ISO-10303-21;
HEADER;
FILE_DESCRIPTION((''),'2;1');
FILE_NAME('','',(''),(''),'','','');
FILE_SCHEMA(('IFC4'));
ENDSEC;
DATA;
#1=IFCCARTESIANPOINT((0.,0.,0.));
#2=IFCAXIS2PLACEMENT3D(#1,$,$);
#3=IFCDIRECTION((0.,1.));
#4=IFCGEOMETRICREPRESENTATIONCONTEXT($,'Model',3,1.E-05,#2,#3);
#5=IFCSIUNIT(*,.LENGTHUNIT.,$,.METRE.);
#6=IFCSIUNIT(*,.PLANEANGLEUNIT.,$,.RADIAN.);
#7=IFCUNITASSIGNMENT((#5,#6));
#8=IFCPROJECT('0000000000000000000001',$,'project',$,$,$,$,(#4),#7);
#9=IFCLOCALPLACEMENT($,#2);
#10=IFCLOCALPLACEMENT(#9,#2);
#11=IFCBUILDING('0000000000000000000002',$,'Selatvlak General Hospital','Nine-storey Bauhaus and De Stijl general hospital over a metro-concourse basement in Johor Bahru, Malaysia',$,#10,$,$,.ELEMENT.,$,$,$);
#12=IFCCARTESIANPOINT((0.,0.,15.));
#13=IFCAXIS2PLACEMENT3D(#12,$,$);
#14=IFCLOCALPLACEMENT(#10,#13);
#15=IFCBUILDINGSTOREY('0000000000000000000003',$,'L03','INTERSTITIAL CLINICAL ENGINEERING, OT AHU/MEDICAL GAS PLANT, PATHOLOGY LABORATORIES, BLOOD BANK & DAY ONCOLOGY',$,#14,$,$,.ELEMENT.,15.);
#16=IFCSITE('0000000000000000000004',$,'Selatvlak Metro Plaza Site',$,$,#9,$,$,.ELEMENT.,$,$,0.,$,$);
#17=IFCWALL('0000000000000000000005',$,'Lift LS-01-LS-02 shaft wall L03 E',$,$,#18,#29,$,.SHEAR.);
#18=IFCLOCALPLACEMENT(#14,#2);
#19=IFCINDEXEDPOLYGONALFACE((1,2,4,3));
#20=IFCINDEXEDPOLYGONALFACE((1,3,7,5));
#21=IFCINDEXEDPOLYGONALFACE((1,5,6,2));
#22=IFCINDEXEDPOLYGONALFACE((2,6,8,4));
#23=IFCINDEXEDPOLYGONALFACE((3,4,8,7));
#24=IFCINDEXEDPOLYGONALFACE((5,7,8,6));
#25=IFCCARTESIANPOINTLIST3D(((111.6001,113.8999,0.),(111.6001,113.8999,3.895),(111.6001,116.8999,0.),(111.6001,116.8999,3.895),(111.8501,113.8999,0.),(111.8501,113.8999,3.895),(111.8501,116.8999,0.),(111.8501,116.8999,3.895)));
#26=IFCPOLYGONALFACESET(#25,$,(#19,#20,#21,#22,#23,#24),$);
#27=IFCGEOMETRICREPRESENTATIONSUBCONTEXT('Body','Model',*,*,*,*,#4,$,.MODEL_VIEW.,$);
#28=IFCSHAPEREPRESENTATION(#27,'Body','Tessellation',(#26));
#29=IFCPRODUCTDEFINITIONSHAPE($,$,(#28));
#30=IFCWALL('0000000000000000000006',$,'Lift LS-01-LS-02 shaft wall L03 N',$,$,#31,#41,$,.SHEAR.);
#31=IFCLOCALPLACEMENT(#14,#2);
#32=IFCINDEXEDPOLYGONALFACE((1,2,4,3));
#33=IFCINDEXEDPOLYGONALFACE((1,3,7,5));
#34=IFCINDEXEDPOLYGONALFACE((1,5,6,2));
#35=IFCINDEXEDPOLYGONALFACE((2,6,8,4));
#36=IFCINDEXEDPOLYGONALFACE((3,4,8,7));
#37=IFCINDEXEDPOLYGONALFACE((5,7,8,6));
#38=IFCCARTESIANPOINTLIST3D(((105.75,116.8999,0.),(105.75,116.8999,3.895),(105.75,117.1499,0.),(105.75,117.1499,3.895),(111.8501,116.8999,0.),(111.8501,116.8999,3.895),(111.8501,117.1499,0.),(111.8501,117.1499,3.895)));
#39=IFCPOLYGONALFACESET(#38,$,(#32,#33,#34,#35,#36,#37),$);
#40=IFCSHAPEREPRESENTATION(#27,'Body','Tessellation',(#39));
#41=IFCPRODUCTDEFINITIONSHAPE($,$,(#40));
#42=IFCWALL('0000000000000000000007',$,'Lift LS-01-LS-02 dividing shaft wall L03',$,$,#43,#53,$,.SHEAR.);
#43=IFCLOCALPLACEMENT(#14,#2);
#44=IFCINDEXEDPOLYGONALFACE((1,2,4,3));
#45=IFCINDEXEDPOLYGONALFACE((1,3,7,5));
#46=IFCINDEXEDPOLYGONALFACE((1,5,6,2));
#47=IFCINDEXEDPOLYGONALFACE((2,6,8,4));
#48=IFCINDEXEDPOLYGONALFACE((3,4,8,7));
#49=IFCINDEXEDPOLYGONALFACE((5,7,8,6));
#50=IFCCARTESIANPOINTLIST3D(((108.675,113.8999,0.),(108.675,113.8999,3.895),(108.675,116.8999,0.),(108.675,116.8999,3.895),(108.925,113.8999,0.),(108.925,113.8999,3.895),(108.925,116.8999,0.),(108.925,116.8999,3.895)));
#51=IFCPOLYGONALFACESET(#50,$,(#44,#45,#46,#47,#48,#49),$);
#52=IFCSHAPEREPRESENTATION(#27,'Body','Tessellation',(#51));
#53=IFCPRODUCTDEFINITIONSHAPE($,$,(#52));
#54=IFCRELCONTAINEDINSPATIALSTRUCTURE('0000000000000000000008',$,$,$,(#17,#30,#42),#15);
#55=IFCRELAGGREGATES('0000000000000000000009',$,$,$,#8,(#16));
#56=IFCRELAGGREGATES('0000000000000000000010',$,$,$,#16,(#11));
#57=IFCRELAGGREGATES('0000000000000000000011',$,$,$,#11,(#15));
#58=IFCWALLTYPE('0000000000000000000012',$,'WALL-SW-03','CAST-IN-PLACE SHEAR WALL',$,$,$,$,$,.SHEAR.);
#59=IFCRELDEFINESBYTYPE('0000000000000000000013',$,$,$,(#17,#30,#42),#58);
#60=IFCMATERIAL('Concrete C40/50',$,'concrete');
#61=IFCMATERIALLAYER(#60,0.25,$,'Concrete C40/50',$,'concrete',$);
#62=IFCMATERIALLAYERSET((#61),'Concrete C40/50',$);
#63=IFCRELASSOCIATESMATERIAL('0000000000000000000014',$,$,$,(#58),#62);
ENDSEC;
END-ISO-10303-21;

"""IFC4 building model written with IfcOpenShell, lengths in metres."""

from ifc_helpers import new_model, si_unit, direction, frame, frame_2d, origin, place, context, subcontext, project, spatial, rectangle, extrude, material, layer, layer_set, type_object, element, save


model = new_model("IFC4")

# Units and contexts
model_context = context("Model", 3, precision=1e-05, world=origin(), true_north=direction((0.0, 1.0)))
body_context = subcontext(model_context, "Body", "Model", "MODEL_VIEW")
ifc_project = project(units=[si_unit("LENGTHUNIT", "METRE"), si_unit("PLANEANGLEUNIT", "RADIAN")], contexts=[model_context])

# Site, building, storey
site_placement = place(None, origin())
site = spatial("IfcSite", under=ifc_project, at=site_placement, Name="Selatvlak Metro Plaza Site", CompositionType="ELEMENT", RefElevation=0.0)
building_placement = place(site_placement, origin())
building = spatial("IfcBuilding", under=site, at=building_placement, Name="Selatvlak General Hospital", Description="Nine-storey Bauhaus and De Stijl general hospital over a metro-concourse basement in Johor Bahru, Malaysia", CompositionType="ELEMENT")
storey_placement = place(building_placement, frame((0.0, 0.0, 15.0)))
storey = spatial("IfcBuildingStorey", under=building, at=storey_placement, Name="L03", Description="INTERSTITIAL CLINICAL ENGINEERING, OT AHU/MEDICAL GAS PLANT, PATHOLOGY LABORATORIES, BLOOD BANK & DAY ONCOLOGY", CompositionType="ELEMENT", Elevation=15.0)

# Walls
ifc_material_1 = material(Name="Concrete C40/50", Category="concrete")
ifc_layer_1 = layer(ifc_material_1, 0.25, Name="Concrete C40/50", Category="concrete")
ifc_layer_set_1 = layer_set([ifc_layer_1], Name="Concrete C40/50")
wall_type = type_object("IfcWallType", Name="WALL-SW-03", Description="CAST-IN-PLACE SHEAR WALL", PredefinedType="SHEAR", material=ifc_layer_set_1)
wall_1_placement = place(storey_placement, frame((111.7251, 113.8999, 0.0), z_axis=(0.0, 0.0, 1.0), x_axis=(0.0, 1.0, 0.0)))
element("IfcWall", 1, at=wall_1_placement, inside=storey, type_object=wall_type, Name="Lift LS-01-LS-02 shaft wall L03 E", PredefinedType="SHEAR", context=body_context, shape_type="SweptSolid", body=[
    extrude(rectangle(XDim=3.0, YDim=0.25, at=frame_2d((1.5, 0.0))), origin(), (0.0, 0.0, 1.0), 3.895),
])
wall_2_placement = place(storey_placement, frame((111.8501, 117.0249, 0.0), z_axis=(0.0, 0.0, 1.0), x_axis=(-1.0, 0.0, 0.0)))
element("IfcWall", 2, at=wall_2_placement, inside=storey, type_object=wall_type, Name="Lift LS-01-LS-02 shaft wall L03 N", PredefinedType="SHEAR", context=body_context, shape_type="SweptSolid", body=[
    extrude(rectangle(XDim=6.1001, YDim=0.25, at=frame_2d((3.05, 0.0))), origin(), (0.0, 0.0, 1.0), 3.895),
])
wall_3_placement = place(storey_placement, frame((108.8, 113.8999, 0.0), z_axis=(0.0, 0.0, 1.0), x_axis=(0.0, 1.0, 0.0)))
element("IfcWall", 3, at=wall_3_placement, inside=storey, type_object=wall_type, Name="Lift LS-01-LS-02 dividing shaft wall L03", PredefinedType="SHEAR", context=body_context, shape_type="SweptSolid", body=[
    extrude(rectangle(XDim=3.0, YDim=0.25, at=frame_2d((1.5, 0.0))), origin(), (0.0, 0.0, 1.0), 3.895),
])

save(model, "model.ifc")
